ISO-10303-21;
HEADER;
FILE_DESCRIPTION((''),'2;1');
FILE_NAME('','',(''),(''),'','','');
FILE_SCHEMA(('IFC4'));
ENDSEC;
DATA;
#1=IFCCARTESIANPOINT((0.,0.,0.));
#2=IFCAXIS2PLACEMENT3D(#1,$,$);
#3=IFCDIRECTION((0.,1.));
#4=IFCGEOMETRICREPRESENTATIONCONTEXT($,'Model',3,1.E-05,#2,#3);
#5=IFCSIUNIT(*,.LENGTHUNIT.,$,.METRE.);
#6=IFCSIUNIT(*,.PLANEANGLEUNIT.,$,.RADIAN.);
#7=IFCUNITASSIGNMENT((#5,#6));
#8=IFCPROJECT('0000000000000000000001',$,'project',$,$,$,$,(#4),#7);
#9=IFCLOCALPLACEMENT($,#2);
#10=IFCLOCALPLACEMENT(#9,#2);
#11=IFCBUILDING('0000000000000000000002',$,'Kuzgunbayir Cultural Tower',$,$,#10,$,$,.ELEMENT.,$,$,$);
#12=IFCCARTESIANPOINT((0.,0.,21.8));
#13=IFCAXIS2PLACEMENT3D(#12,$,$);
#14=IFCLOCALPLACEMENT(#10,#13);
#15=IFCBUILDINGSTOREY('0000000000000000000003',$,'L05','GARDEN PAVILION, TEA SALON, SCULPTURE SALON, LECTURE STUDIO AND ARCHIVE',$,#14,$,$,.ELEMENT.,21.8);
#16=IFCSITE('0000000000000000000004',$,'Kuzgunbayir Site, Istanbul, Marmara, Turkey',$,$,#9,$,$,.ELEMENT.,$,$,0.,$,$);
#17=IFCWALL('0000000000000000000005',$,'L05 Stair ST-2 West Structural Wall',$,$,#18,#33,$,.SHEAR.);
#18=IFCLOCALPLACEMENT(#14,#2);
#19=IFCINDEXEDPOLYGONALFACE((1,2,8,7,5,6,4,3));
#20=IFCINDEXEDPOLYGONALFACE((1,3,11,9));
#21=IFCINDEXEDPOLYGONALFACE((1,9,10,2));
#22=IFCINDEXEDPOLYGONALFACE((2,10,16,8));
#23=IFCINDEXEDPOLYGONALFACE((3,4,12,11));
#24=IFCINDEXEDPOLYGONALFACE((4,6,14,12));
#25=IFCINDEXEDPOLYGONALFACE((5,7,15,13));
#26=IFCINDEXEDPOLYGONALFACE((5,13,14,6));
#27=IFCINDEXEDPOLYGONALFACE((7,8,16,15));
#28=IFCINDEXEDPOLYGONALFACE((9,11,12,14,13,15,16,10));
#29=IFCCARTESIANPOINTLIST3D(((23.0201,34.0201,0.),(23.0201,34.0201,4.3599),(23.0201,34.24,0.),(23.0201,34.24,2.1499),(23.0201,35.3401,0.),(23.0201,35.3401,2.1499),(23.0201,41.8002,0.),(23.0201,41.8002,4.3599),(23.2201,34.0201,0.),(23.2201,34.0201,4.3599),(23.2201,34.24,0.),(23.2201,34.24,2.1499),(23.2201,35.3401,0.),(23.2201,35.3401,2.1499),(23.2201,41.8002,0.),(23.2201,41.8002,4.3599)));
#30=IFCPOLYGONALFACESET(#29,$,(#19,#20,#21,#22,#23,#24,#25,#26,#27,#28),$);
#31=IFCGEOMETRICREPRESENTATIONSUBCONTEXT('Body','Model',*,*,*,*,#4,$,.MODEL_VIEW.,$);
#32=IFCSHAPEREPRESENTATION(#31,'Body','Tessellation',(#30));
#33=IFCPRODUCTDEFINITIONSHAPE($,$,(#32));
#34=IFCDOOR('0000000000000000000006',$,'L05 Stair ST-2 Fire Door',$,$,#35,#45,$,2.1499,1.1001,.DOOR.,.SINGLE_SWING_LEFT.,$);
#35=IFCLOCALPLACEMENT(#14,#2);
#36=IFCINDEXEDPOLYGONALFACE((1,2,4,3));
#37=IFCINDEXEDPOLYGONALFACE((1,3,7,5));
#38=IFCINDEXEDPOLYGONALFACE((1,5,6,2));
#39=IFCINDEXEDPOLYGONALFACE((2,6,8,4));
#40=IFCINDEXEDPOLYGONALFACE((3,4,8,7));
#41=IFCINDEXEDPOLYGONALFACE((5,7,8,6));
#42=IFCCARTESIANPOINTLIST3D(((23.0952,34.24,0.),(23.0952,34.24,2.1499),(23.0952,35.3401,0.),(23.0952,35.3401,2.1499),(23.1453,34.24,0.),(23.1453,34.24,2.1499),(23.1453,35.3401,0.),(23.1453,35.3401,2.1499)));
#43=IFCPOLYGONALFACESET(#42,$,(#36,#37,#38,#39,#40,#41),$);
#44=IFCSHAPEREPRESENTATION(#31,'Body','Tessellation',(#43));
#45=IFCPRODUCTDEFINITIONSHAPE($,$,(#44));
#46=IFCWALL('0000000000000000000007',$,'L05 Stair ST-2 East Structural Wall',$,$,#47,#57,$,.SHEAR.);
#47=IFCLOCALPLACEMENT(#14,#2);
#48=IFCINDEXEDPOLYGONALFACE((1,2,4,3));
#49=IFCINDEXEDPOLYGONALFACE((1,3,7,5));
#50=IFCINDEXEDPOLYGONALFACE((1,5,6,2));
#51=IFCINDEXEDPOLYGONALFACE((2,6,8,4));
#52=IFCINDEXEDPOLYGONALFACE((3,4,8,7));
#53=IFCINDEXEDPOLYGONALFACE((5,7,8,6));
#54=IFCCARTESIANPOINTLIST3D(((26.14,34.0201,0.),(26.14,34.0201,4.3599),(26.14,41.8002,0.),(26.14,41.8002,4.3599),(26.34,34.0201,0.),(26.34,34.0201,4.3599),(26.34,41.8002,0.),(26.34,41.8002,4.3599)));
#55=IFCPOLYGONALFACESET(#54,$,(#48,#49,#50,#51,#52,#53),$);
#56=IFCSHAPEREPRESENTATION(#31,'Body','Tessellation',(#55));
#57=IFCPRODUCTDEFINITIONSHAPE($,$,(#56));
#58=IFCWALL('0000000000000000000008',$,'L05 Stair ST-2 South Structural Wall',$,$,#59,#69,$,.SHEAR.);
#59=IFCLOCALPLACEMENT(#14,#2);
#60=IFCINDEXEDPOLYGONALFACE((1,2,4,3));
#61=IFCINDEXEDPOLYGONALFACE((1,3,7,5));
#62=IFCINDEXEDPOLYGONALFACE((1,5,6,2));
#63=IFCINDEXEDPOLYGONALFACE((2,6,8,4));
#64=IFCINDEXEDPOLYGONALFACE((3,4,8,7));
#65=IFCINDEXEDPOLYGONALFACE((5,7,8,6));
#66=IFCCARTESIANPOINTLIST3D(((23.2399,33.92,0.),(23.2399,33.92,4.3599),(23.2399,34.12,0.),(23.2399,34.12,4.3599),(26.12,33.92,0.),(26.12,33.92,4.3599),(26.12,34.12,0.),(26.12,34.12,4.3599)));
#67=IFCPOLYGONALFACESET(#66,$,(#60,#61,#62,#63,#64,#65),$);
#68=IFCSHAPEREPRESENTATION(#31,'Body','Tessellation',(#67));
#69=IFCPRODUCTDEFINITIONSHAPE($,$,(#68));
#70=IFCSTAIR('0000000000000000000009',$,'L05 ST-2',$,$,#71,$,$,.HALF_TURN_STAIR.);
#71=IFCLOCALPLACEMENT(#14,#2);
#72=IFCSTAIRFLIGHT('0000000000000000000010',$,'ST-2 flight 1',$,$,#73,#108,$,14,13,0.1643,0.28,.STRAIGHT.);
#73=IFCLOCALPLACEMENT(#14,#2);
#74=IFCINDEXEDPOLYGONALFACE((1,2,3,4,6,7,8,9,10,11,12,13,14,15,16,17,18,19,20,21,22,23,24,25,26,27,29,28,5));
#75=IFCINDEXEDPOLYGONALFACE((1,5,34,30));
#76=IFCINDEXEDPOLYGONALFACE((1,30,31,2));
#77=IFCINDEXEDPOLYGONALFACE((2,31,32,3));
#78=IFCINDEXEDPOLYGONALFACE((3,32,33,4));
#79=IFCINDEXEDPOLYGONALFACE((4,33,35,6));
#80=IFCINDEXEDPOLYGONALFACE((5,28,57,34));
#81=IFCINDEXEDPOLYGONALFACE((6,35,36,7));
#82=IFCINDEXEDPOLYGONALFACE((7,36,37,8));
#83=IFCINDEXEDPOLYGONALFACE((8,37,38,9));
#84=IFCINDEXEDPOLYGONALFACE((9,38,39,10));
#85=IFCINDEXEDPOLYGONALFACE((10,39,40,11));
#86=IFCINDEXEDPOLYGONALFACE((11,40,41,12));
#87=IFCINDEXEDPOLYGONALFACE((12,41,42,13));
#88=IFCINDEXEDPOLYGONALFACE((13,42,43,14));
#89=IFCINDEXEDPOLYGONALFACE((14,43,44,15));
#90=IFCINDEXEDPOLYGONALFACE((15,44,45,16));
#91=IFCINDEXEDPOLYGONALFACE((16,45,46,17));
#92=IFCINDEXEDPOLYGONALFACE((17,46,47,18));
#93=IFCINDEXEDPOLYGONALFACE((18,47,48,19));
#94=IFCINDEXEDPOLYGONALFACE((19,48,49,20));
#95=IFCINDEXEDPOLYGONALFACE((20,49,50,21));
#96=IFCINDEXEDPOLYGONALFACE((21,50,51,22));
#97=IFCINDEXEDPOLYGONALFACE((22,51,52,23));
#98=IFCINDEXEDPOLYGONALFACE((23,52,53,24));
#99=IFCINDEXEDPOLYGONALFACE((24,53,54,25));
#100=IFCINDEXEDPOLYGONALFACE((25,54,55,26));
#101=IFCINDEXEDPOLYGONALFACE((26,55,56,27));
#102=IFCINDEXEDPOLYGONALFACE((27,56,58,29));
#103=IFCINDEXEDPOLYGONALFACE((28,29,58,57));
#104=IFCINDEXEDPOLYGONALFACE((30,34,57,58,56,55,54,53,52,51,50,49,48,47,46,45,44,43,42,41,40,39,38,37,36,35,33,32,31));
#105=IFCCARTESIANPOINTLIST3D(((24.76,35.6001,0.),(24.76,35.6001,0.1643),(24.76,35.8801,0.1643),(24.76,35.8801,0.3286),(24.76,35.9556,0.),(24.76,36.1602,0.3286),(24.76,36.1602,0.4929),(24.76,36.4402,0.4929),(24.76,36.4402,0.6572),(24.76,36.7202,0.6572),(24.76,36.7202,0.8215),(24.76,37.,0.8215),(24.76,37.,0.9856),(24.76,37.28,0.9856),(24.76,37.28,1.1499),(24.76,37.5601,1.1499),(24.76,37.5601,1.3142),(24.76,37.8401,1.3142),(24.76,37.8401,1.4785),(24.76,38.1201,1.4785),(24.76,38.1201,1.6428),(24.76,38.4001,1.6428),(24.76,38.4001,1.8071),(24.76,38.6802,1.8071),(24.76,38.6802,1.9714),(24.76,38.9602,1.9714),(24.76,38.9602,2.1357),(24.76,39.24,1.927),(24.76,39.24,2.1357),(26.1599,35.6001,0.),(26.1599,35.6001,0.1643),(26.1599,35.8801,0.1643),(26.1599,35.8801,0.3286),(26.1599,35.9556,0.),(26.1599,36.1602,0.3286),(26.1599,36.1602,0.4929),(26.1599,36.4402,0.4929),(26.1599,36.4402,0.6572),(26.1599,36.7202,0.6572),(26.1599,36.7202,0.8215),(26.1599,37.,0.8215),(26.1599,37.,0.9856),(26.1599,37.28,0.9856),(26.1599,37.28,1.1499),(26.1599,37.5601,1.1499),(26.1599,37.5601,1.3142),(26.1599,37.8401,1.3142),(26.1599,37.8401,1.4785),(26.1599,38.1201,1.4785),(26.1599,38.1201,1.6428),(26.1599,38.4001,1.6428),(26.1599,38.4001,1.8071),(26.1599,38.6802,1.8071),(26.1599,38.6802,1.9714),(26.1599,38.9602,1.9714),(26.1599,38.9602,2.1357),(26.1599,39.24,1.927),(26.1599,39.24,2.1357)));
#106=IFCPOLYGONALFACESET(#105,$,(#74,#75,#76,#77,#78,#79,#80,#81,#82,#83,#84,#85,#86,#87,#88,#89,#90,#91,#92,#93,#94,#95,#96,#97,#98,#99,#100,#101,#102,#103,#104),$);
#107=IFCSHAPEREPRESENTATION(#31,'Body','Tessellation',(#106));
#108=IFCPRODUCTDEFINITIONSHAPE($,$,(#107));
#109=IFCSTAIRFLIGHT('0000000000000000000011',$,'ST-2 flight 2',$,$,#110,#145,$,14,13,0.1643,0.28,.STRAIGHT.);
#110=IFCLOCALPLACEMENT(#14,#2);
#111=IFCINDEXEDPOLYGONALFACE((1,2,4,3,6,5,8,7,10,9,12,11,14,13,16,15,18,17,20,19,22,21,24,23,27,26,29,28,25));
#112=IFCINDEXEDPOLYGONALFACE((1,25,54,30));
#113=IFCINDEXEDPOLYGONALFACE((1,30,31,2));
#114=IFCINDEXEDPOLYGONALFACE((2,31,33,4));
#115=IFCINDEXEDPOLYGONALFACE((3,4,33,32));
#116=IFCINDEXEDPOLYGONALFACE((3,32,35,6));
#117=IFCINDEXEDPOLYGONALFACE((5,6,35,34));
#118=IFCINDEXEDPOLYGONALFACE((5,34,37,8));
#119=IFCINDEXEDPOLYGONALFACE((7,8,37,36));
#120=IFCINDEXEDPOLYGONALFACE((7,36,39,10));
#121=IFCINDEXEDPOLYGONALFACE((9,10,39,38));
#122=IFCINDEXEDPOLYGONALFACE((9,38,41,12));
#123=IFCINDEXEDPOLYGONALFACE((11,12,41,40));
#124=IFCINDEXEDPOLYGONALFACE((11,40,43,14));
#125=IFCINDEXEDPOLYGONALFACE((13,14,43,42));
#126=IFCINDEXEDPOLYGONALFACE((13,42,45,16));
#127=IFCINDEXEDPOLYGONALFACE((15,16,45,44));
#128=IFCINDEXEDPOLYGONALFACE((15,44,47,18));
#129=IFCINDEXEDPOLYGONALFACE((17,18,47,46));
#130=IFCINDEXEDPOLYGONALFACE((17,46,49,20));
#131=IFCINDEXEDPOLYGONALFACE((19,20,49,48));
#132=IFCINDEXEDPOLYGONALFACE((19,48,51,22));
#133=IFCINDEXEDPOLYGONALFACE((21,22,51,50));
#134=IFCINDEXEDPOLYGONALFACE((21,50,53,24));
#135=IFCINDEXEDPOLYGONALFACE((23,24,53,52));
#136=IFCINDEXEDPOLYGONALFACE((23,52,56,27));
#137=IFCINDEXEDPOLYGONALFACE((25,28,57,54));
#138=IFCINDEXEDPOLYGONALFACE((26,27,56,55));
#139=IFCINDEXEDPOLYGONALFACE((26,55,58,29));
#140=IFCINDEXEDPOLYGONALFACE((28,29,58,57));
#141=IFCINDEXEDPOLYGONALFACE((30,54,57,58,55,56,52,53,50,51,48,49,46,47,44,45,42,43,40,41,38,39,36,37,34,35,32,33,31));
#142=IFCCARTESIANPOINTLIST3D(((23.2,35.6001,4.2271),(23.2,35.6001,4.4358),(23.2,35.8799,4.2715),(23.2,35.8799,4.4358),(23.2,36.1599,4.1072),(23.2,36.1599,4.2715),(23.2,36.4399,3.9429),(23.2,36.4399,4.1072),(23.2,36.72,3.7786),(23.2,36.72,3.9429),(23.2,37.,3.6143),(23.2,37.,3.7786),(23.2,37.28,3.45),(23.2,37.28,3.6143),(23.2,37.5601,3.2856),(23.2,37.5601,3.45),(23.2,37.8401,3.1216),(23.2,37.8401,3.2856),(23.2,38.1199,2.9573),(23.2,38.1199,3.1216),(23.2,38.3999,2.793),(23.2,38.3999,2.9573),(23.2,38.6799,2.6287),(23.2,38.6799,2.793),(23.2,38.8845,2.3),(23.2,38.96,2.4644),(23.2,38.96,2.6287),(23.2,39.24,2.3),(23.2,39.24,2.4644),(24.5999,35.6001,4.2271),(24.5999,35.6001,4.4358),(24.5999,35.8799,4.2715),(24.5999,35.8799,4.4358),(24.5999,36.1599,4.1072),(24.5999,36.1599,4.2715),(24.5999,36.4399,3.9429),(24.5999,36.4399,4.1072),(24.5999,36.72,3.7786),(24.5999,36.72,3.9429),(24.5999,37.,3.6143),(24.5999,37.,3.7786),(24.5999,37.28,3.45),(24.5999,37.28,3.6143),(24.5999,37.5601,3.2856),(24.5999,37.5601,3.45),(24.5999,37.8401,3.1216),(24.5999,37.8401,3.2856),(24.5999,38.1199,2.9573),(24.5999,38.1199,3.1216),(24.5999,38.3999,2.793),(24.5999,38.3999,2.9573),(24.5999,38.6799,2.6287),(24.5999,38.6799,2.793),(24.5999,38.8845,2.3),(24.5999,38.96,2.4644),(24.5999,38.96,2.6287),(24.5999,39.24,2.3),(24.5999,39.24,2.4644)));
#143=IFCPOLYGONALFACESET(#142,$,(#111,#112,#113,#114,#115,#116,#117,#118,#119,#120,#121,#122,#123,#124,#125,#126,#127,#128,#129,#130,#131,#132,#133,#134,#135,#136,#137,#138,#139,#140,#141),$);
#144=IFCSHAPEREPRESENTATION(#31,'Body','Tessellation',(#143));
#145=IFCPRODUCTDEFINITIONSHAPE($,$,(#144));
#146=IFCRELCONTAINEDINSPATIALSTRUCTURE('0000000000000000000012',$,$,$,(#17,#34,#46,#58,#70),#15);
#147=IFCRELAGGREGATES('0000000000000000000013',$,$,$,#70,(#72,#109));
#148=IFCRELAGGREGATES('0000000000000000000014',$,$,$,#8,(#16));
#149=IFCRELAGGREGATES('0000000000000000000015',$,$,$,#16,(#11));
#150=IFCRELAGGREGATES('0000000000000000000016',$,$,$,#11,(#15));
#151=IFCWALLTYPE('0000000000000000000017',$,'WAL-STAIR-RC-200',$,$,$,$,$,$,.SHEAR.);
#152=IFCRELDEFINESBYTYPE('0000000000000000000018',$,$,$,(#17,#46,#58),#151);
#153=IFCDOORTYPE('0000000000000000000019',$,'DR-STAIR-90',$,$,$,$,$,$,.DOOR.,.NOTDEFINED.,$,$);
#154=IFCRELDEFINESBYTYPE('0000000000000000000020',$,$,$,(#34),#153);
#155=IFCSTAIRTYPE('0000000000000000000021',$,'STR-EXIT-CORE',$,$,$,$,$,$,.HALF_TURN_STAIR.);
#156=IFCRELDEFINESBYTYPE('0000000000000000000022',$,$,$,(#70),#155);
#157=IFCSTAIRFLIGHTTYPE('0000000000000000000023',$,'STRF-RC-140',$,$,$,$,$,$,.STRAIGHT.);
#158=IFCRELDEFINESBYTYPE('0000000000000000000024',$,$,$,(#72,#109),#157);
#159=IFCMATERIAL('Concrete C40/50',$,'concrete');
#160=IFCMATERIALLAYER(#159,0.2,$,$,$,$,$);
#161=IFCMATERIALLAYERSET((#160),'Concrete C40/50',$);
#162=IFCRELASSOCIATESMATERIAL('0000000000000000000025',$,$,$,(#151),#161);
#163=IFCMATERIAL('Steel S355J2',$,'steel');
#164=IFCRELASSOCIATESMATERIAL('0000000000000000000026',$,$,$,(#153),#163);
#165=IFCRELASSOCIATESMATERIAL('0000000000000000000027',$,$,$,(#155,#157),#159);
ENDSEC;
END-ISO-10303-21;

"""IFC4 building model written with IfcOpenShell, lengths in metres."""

from ifc_helpers import new_model, si_unit, direction, frame, frame_2d, origin, place, context, subcontext, project, spatial, polyline, rectangle, outline, extrude, material, layer, layer_set, type_object, element, fill, aggregate, save


model = new_model("IFC4")

# Units and contexts
model_context = context("Model", 3, precision=1e-05, world=origin(), true_north=direction((0.0, 1.0)))
body_context = subcontext(model_context, "Body", "Model", "MODEL_VIEW")
ifc_project = project(units=[si_unit("LENGTHUNIT", "METRE"), si_unit("PLANEANGLEUNIT", "RADIAN")], contexts=[model_context])

# Site, building, storey
site_placement = place(None, origin())
site = spatial("IfcSite", under=ifc_project, at=site_placement, Name="Kuzgunbayir Site, Istanbul, Marmara, Turkey", CompositionType="ELEMENT", RefElevation=0.0)
building_placement = place(site_placement, origin())
building = spatial("IfcBuilding", under=site, at=building_placement, Name="Kuzgunbayir Cultural Tower", CompositionType="ELEMENT")
storey_placement = place(building_placement, frame((0.0, 0.0, 21.8)))
storey = spatial("IfcBuildingStorey", under=building, at=storey_placement, Name="L05", Description="GARDEN PAVILION, TEA SALON, SCULPTURE SALON, LECTURE STUDIO AND ARCHIVE", CompositionType="ELEMENT", Elevation=21.8)

# Shared definitions
ifc_material_1 = material(Name="Steel S355J2", Category="steel")

# Shared definitions
ifc_material_2 = material(Name="Concrete C40/50", Category="concrete")

# Wall, opening, door
ifc_layer_1 = layer(ifc_material_2, 0.2)
ifc_layer_set_1 = layer_set([ifc_layer_1], Name="Concrete C40/50")
wall_type_1 = type_object("IfcWallType", Name="WAL-STAIR-RC-200", PredefinedType="SHEAR", material=ifc_layer_set_1)
wall_1_placement = place(storey_placement, frame((23.1201, 34.02, 0.0), z_axis=(0.0, 0.0, 1.0), x_axis=(0.0, 1.0, 0.0)))
wall_1 = element("IfcWall", 1, at=wall_1_placement, inside=storey, type_object=wall_type_1, Name="L05 Stair ST-2 West Structural Wall", PredefinedType="SHEAR", context=body_context, shape_type="SweptSolid", body=[
    extrude(rectangle(XDim=7.78, YDim=0.2, at=frame_2d((3.8901, 0.0))), origin(), (0.0, 0.0, 1.0), 4.3599),
])
opening_1_placement = place(wall_1_placement, frame((0.22, 0.0, 0.0)))
opening_1 = element("IfcOpeningElement", 2, at=opening_1_placement, cuts=wall_1, PredefinedType="OPENING", context=body_context, shape_type="SweptSolid", body=[
    extrude(rectangle(XDim=1.1001, YDim=2.1499, at=frame_2d((0.55, 1.075))), frame((0.0, 0.1099, 0.0), z_axis=(0.0, -1.0, 0.0), x_axis=(1.0, 0.0, 0.0)), (0.0, 0.0, 1.0), 0.22),
])
door_type_1 = type_object("IfcDoorType", Name="DR-STAIR-90", OperationType="NOTDEFINED", PredefinedType="DOOR", material=ifc_material_1)
door_1_placement = place(opening_1_placement, origin())
door_1 = element("IfcDoor", 3, at=door_1_placement, inside=storey, type_object=door_type_1, Name="L05 Stair ST-2 Fire Door", OperationType="SINGLE_SWING_LEFT", OverallHeight=2.1499, OverallWidth=1.1001, PredefinedType="DOOR", context=body_context, shape_type="SweptSolid", body=[
    extrude(rectangle(XDim=1.1001, YDim=2.1499, at=frame_2d((0.55, 1.075))), frame((0.0, 0.0249, 0.0), z_axis=(0.0, -1.0, 0.0), x_axis=(1.0, 0.0, 0.0)), (0.0, 0.0, 1.0), 0.05),
])
fill(opening_1, door_1)

# Walls
wall_2_placement = place(storey_placement, frame((26.24, 34.02, 0.0), z_axis=(0.0, 0.0, 1.0), x_axis=(0.0, 1.0, 0.0)))
element("IfcWall", 4, at=wall_2_placement, inside=storey, type_object=wall_type_1, Name="L05 Stair ST-2 East Structural Wall", PredefinedType="SHEAR", context=body_context, shape_type="SweptSolid", body=[
    extrude(rectangle(XDim=7.78, YDim=0.2, at=frame_2d((3.8901, 0.0))), origin(), (0.0, 0.0, 1.0), 4.3599),
])
wall_3_placement = place(storey_placement, frame((23.24, 34.02, 0.0), z_axis=(0.0, 0.0, 1.0), x_axis=(1.0, 0.0, 0.0)))
element("IfcWall", 5, at=wall_3_placement, inside=storey, type_object=wall_type_1, Name="L05 Stair ST-2 South Structural Wall", PredefinedType="SHEAR", context=body_context, shape_type="SweptSolid", body=[
    extrude(rectangle(XDim=2.8801, YDim=0.2, at=frame_2d((1.4399, 0.0))), origin(), (0.0, 0.0, 1.0), 4.3599),
])

# Stair, stair flights
stair_type = type_object("IfcStairType", Name="STR-EXIT-CORE", PredefinedType="HALF_TURN_STAIR", material=ifc_material_2)
stair_placement = place(storey_placement, origin())
stair = element("IfcStair", 6, at=stair_placement, inside=storey, type_object=stair_type, Name="L05 ST-2", PredefinedType="HALF_TURN_STAIR")
stair_flight_type = type_object("IfcStairFlightType", Name="STRF-RC-140", PredefinedType="STRAIGHT", material=ifc_material_2)
stair_flight_1_placement = place(storey_placement, frame((25.46, 35.6001, 0.0), z_axis=(0.0, 0.0, 1.0), x_axis=(0.0, 1.0, 0.0)))
stair_flight_1 = element("IfcStairFlight", 7, at=stair_flight_1_placement, type_object=stair_flight_type, Name="ST-2 flight 1", NumberOfRisers=14, NumberOfTreads=13, PredefinedType="STRAIGHT", RiserHeight=0.1643, TreadLength=0.28, context=body_context, shape_type="SweptSolid", body=[
    extrude(outline(polyline([(0.0, 0.0), (0.0, 0.1643), (0.28, 0.1643), (0.28, 0.3286), (0.5601, 0.3286), (0.5601, 0.4929), (0.8401, 0.4929), (0.8401, 0.6572), (1.1201, 0.6572), (1.1201, 0.8215), (1.3999, 0.8215), (1.3999, 0.9856), (1.6799, 0.9856), (1.6799, 1.1499), (1.96, 1.1499), (1.96, 1.3142), (2.24, 1.3142), (2.24, 1.4785), (2.52, 1.4785), (2.52, 1.6428), (2.8, 1.6428), (2.8, 1.8071), (3.0801, 1.8071), (3.0801, 1.9714), (3.3601, 1.9714), (3.3601, 2.1357), (3.6399, 2.1357), (3.6399, 2.3), (3.6399, 1.927), (0.3555, 0.0), (0.0, 0.0)])), frame((0.0, 0.7, 0.0), z_axis=(0.0, -1.0, 0.0), x_axis=(1.0, 0.0, 0.0)), (0.0, 0.0, 1.0), 1.3999),
])
stair_flight_2_placement = place(storey_placement, frame((23.8999, 39.24, 2.3), z_axis=(0.0, 0.0, 1.0), x_axis=(0.0, -1.0, 0.0)))
stair_flight_2 = element("IfcStairFlight", 8, at=stair_flight_2_placement, type_object=stair_flight_type, Name="ST-2 flight 2", NumberOfRisers=14, NumberOfTreads=13, PredefinedType="STRAIGHT", RiserHeight=0.1643, TreadLength=0.28, context=body_context, shape_type="SweptSolid", body=[
    extrude(outline(polyline([(0.0, 0.0), (0.0, 0.1643), (0.28, 0.1643), (0.28, 0.3286), (0.5601, 0.3286), (0.5601, 0.4929), (0.8401, 0.4929), (0.8401, 0.6572), (1.1201, 0.6572), (1.1201, 0.8215), (1.3999, 0.8215), (1.3999, 0.9856), (1.6799, 0.9856), (1.6799, 1.1499), (1.96, 1.1499), (1.96, 1.3142), (2.24, 1.3142), (2.24, 1.4785), (2.52, 1.4785), (2.52, 1.6428), (2.8, 1.6428), (2.8, 1.8071), (3.0801, 1.8071), (3.0801, 1.9714), (3.3601, 1.9714), (3.3601, 2.1357), (3.6399, 2.1357), (3.6399, 2.3), (3.6399, 1.927), (0.3555, 0.0), (0.0, 0.0)])), frame((0.0, 0.7, 0.0), z_axis=(0.0, -1.0, 0.0), x_axis=(1.0, 0.0, 0.0)), (0.0, 0.0, 1.0), 1.3999),
])
aggregate(stair, [stair_flight_1, stair_flight_2])

save(model, "model.ifc")
